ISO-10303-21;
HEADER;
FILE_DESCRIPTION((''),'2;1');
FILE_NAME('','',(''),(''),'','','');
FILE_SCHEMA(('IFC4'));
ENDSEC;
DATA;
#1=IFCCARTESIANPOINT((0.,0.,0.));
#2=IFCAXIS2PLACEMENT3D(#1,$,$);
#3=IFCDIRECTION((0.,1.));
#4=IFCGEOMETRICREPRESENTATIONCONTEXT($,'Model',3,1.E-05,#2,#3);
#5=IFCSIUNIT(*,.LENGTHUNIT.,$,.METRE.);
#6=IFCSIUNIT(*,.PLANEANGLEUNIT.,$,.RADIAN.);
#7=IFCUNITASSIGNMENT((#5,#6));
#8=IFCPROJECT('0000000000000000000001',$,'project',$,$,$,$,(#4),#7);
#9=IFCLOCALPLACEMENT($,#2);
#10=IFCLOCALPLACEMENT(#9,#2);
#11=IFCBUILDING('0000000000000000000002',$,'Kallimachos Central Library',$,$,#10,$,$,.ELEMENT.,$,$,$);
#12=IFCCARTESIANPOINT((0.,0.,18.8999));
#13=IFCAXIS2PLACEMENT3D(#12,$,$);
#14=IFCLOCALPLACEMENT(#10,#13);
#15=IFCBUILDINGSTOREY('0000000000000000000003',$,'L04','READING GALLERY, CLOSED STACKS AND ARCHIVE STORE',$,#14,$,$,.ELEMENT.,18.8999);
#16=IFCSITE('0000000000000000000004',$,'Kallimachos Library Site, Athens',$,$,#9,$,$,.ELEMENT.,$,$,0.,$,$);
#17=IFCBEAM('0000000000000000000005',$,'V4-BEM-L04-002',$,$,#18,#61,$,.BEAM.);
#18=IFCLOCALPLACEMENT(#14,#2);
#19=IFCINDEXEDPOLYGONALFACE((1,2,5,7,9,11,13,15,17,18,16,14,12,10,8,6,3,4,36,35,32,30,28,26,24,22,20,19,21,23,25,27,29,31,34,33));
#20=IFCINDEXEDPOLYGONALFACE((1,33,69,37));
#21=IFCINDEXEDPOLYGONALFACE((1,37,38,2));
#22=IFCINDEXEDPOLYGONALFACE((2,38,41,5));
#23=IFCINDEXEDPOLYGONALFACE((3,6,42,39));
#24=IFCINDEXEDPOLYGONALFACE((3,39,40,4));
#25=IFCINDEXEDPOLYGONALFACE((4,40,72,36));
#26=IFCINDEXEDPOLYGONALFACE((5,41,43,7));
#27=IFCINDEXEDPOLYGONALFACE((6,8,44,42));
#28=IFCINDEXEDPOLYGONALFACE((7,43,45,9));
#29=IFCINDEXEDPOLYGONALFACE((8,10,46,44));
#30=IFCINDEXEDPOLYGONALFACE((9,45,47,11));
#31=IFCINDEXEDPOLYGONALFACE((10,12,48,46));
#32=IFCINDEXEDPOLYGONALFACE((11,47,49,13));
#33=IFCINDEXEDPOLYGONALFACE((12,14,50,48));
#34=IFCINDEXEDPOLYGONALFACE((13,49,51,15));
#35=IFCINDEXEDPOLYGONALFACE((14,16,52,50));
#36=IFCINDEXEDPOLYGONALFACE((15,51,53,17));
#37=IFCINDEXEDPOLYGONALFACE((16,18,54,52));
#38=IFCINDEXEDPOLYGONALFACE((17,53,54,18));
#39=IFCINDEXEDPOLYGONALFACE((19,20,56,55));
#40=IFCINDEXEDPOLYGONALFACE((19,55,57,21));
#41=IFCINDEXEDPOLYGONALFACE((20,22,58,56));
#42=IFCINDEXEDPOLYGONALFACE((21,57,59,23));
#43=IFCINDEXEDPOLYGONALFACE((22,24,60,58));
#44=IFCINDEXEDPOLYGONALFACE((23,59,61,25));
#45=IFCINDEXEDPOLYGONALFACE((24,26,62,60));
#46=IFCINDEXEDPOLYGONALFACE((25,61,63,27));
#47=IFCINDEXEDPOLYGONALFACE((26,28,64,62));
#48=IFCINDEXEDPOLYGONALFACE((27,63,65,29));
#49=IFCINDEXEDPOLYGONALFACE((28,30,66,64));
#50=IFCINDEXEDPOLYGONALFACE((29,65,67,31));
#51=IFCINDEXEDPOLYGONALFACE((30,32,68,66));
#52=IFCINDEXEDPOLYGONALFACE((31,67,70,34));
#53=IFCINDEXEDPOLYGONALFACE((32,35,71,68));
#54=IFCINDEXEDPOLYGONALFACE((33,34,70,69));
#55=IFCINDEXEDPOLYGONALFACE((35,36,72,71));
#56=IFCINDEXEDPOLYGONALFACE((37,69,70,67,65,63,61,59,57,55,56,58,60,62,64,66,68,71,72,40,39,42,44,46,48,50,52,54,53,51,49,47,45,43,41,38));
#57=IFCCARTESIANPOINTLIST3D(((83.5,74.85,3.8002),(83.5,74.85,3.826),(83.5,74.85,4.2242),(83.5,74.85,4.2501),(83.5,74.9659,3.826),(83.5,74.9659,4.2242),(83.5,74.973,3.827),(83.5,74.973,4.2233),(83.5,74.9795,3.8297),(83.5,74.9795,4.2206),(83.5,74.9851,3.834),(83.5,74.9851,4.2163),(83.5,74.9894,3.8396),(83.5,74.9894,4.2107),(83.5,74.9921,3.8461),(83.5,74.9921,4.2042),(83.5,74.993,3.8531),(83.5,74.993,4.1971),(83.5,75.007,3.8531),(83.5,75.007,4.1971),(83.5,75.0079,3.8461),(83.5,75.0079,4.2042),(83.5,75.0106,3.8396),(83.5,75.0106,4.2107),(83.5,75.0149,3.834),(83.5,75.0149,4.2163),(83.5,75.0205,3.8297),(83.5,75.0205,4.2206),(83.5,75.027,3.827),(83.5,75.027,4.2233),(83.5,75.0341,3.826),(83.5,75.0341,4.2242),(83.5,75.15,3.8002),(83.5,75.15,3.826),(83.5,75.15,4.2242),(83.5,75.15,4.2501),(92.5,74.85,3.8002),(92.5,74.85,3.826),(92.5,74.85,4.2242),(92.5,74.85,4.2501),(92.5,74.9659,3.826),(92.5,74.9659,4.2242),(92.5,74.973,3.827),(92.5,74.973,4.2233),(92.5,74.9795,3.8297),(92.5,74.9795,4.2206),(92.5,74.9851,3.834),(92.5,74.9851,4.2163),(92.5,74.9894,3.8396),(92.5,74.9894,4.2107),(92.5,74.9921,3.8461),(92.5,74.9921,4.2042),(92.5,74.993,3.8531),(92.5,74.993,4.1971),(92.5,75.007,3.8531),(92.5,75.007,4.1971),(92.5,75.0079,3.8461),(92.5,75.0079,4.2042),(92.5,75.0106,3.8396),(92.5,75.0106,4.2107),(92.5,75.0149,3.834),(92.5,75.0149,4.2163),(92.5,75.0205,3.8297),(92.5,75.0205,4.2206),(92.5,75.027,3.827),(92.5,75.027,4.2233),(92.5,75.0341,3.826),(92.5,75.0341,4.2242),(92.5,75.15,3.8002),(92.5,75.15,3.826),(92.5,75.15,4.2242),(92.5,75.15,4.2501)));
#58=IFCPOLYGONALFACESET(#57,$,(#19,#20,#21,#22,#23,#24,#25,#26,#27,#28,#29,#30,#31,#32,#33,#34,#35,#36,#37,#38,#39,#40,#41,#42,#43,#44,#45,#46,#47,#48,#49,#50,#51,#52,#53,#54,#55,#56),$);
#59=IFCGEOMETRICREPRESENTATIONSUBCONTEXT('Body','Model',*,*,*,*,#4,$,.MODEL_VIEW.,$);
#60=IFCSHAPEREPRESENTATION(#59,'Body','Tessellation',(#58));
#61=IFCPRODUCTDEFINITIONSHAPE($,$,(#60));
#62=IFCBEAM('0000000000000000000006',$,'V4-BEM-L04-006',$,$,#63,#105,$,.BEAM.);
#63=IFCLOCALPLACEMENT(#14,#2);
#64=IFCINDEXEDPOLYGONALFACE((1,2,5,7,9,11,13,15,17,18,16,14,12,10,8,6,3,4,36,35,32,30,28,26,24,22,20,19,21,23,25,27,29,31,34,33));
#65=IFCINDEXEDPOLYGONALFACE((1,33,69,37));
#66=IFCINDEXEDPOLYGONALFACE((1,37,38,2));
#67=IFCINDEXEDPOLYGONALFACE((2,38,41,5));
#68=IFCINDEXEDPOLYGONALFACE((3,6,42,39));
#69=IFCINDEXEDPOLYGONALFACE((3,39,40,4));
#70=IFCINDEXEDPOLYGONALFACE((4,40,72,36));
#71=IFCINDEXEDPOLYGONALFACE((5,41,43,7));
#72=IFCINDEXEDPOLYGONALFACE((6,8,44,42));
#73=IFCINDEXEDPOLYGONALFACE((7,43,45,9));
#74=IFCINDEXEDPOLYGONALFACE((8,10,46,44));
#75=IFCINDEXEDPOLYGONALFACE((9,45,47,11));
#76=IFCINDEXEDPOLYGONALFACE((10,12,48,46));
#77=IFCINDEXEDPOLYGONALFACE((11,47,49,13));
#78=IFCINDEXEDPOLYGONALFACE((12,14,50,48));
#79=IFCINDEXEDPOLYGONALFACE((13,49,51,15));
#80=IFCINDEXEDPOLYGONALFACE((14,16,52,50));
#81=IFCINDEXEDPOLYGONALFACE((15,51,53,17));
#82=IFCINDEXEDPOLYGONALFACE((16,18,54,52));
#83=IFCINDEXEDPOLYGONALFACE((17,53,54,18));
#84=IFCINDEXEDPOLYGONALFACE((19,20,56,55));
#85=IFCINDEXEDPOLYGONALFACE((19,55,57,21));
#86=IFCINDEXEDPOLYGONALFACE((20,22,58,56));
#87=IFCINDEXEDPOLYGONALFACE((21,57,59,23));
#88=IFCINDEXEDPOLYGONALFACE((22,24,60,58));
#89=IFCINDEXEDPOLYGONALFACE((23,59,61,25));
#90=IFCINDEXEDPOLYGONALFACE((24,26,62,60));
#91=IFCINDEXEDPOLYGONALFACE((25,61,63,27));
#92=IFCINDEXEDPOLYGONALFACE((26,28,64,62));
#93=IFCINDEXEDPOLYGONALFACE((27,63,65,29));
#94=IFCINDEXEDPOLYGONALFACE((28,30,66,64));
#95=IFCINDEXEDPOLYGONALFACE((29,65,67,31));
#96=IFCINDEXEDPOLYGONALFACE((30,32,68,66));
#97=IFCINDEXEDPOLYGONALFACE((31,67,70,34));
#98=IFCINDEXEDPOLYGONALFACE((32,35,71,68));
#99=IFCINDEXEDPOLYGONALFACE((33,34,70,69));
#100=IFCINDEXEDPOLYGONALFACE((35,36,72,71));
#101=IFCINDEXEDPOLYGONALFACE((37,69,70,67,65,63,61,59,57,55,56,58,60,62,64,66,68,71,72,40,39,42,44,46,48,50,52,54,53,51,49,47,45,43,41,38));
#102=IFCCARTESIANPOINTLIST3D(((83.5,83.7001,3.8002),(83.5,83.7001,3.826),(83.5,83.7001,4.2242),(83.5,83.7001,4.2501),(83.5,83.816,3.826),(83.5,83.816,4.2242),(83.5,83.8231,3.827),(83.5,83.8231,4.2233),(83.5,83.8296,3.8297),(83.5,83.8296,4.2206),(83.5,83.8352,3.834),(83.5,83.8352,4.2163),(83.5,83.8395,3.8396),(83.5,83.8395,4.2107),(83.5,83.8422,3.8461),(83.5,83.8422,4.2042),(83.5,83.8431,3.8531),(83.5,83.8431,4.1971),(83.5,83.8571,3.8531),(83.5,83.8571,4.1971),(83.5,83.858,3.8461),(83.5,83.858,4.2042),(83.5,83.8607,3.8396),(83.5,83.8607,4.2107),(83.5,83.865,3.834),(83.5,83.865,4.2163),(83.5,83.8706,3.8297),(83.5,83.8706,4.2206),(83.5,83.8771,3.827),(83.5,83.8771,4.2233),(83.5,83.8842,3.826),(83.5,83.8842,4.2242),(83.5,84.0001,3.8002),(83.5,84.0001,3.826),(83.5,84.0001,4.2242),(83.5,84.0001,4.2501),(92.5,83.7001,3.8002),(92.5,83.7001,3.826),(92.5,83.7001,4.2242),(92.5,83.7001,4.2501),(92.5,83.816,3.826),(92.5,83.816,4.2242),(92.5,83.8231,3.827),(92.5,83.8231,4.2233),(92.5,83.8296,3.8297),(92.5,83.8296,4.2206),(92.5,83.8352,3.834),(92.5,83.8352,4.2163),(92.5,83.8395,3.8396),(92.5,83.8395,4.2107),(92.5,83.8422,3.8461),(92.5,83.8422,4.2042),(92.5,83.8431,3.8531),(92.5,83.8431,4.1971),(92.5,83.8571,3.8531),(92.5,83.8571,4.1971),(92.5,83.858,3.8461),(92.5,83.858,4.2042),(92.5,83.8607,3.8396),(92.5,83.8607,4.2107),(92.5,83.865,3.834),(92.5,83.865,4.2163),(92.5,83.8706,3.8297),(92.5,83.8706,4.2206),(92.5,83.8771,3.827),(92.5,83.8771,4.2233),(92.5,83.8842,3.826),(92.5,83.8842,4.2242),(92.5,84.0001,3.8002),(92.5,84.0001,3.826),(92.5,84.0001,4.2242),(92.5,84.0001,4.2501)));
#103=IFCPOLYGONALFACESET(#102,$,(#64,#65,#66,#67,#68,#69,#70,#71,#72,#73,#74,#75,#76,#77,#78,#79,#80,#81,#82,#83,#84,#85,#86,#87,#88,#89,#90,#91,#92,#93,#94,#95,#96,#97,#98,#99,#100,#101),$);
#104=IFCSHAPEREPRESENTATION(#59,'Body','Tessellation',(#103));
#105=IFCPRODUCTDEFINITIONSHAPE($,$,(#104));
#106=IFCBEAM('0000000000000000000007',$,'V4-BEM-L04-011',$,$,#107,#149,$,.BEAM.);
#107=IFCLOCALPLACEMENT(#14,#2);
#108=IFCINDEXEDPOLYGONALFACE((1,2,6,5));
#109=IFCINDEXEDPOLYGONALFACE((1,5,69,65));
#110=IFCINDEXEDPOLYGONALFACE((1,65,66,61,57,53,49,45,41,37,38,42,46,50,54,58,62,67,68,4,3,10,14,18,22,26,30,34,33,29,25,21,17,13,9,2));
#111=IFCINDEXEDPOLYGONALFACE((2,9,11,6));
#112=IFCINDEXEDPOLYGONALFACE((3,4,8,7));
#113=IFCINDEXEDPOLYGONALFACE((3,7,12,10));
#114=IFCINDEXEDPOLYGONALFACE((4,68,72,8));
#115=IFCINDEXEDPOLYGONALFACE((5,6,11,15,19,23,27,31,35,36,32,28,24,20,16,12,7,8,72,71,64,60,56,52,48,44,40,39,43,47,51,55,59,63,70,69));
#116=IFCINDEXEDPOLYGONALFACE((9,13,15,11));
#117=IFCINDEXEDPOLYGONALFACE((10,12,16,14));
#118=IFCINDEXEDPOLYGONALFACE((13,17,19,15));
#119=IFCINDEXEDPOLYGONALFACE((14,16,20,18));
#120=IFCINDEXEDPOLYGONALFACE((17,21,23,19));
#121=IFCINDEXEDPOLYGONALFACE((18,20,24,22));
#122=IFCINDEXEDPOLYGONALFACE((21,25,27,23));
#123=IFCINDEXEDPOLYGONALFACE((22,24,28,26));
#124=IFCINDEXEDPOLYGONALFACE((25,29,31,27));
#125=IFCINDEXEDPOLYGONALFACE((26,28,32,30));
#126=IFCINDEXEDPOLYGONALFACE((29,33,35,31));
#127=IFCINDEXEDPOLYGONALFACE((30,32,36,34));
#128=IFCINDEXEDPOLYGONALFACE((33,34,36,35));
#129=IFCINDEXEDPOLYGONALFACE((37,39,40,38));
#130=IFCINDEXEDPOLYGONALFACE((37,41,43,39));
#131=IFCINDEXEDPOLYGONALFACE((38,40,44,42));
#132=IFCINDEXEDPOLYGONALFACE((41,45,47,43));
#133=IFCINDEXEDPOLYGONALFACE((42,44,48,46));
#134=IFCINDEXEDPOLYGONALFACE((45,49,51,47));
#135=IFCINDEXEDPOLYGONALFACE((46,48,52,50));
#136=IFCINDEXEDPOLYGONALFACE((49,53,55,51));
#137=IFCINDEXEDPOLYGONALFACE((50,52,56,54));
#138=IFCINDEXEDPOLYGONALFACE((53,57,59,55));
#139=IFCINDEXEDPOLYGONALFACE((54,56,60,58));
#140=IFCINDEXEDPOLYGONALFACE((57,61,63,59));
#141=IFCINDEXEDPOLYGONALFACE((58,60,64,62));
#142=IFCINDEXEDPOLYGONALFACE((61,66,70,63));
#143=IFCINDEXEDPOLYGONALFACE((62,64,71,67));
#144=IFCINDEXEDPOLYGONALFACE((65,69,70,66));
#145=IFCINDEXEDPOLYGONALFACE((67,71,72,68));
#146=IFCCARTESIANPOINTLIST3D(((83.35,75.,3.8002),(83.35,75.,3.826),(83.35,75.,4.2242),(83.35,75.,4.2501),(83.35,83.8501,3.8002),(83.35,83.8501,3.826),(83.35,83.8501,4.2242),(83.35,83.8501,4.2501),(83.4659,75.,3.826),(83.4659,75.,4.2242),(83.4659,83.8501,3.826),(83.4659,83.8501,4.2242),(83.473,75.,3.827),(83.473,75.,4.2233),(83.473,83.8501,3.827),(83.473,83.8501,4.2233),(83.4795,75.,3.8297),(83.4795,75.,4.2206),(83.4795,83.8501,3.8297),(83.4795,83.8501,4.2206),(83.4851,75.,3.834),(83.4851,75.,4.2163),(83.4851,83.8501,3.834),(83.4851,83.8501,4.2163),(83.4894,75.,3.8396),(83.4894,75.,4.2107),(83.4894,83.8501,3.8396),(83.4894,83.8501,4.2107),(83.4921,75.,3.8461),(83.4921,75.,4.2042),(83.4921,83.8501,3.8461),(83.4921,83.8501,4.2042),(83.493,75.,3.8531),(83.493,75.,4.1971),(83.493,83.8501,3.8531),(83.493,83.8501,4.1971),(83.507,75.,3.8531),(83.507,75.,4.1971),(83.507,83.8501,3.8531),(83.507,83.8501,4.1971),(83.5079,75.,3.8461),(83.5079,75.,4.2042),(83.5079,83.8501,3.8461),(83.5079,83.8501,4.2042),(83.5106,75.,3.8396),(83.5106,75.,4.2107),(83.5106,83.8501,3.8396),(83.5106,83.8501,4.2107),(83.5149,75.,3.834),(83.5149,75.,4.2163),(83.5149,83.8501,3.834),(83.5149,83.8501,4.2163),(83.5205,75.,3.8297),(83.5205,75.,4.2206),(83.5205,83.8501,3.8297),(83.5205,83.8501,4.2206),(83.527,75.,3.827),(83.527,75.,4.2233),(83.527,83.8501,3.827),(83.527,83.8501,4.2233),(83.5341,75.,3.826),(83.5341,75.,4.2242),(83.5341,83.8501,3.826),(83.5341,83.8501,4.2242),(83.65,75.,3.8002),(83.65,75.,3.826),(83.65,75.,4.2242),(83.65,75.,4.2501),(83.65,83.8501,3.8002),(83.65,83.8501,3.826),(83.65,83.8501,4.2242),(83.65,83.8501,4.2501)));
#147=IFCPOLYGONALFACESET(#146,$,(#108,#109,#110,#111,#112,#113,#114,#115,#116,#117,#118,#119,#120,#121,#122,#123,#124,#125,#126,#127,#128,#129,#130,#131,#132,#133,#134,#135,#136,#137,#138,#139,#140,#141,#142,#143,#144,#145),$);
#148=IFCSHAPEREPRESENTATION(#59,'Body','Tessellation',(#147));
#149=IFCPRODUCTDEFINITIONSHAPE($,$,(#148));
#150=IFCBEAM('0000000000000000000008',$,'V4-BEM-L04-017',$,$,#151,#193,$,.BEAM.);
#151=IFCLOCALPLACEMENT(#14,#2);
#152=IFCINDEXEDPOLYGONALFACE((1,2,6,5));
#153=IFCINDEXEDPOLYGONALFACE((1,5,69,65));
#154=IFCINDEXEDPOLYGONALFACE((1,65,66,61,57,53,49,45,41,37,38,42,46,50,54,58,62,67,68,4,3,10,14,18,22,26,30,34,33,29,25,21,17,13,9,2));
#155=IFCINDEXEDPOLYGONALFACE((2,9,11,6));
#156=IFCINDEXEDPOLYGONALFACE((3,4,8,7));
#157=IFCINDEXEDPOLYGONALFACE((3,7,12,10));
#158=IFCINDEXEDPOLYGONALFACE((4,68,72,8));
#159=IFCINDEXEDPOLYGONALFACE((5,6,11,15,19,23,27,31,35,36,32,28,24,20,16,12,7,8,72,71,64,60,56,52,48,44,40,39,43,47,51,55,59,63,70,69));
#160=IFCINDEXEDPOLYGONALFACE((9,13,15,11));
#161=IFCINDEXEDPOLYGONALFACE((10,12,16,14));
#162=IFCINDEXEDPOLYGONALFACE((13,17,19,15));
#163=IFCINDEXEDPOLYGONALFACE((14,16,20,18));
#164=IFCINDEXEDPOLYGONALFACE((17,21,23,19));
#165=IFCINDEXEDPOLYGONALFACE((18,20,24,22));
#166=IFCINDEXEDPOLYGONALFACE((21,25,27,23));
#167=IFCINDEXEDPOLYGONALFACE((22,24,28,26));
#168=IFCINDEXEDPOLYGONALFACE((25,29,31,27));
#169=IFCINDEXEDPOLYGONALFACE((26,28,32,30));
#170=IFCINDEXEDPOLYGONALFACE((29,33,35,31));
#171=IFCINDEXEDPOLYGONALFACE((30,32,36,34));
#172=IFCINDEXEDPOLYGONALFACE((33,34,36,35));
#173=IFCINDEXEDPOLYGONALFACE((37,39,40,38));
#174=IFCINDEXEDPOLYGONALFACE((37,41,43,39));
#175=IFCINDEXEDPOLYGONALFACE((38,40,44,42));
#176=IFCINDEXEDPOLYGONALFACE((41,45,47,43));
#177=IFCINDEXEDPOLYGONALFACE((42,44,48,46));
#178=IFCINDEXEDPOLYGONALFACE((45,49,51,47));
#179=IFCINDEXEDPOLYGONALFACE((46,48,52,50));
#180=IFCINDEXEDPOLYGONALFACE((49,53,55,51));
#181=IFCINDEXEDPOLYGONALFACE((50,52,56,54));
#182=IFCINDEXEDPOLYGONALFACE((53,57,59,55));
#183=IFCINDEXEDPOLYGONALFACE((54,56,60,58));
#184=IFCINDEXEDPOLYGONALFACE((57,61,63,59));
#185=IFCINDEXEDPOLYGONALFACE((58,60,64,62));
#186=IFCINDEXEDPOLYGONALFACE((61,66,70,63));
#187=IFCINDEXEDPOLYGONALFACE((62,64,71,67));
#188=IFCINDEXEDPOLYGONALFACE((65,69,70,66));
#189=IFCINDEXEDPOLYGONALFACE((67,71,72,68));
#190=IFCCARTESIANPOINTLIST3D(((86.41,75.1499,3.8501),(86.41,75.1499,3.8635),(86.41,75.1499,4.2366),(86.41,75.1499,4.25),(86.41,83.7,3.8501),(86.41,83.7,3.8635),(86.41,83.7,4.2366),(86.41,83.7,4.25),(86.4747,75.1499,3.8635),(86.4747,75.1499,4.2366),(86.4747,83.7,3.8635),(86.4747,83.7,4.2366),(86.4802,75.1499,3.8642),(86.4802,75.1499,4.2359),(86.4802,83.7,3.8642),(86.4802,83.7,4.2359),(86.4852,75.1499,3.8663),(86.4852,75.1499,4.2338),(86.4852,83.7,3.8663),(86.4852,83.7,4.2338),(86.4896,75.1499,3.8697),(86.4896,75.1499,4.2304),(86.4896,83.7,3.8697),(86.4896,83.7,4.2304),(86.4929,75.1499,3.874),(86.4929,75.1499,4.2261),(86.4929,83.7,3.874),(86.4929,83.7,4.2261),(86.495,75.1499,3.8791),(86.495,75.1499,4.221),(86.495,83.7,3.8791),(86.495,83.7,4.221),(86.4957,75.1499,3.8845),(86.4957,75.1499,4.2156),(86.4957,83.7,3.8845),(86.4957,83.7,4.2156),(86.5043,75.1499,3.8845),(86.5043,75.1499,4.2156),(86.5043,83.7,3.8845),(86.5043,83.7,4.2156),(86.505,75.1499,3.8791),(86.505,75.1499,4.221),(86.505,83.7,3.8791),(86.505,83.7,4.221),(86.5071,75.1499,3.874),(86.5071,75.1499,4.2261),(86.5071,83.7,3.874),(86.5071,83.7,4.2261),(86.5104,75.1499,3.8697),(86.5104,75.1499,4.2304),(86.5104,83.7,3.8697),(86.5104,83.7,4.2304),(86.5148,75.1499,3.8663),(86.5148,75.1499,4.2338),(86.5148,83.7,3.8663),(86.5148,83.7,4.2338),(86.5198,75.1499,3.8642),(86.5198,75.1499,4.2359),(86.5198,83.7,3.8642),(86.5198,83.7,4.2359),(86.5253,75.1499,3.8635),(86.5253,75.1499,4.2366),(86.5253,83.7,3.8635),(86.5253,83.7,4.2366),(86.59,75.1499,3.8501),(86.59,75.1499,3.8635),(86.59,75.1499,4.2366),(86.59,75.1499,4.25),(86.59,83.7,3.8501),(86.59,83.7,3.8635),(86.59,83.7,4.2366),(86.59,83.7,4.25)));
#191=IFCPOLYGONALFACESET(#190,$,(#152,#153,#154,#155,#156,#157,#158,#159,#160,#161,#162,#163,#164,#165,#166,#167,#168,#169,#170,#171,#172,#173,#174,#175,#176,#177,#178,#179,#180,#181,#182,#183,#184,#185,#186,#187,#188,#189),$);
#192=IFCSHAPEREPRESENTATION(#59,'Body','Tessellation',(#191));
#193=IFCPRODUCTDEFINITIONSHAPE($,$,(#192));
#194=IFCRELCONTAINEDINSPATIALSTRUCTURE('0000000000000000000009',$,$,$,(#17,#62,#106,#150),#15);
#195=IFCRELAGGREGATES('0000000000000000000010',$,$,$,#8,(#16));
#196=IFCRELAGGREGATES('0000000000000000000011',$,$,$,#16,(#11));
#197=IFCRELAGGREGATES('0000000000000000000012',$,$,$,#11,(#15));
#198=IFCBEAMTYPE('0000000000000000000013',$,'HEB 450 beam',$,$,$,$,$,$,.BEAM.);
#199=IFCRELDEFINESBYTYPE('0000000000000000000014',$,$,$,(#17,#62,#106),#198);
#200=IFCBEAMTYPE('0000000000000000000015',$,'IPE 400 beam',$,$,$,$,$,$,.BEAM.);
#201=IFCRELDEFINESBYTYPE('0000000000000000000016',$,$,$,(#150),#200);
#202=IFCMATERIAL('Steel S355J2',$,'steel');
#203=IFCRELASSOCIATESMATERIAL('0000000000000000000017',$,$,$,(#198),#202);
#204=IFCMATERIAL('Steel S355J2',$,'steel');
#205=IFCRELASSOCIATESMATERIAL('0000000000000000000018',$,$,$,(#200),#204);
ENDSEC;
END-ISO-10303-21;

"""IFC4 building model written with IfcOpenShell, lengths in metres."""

from ifc_helpers import new_model, si_unit, direction, frame, origin, origin_2d, place, context, subcontext, project, spatial, i_section, extrude, material, material_profile, profile_set, type_object, element, save


model = new_model("IFC4")

# Units and contexts
model_context = context("Model", 3, precision=1e-05, world=origin(), true_north=direction((0.0, 1.0)))
body_context = subcontext(model_context, "Body", "Model", "MODEL_VIEW")
ifc_project = project(units=[si_unit("LENGTHUNIT", "METRE"), si_unit("PLANEANGLEUNIT", "RADIAN")], contexts=[model_context])

# Site, building, storey
site_placement = place(None, origin())
site = spatial("IfcSite", under=ifc_project, at=site_placement, Name="Kallimachos Library Site, Athens", CompositionType="ELEMENT", RefElevation=0.0)
building_placement = place(site_placement, origin())
building = spatial("IfcBuilding", under=site, at=building_placement, Name="Kallimachos Central Library", CompositionType="ELEMENT")
storey_placement = place(building_placement, frame((0.0, 0.0, 18.8999)))
storey = spatial("IfcBuildingStorey", under=building, at=storey_placement, Name="L04", Description="READING GALLERY, CLOSED STACKS AND ARCHIVE STORE", CompositionType="ELEMENT", Elevation=18.8999)

# Beams
ifc_material_1 = material(Name="Steel S355J2", Category="steel")
ifc_material_profile_1 = material_profile(ifc_material_1, i_section(OverallWidth=0.3, OverallDepth=0.45, WebThickness=0.0139, FlangeThickness=0.0259, FilletRadius=0.0271, at=origin_2d()), Name="HEB 450")
ifc_profile_set_1 = profile_set([ifc_material_profile_1], Name="Steel S355J2")
beam_type_1 = type_object("IfcBeamType", Name="HEB 450 beam", PredefinedType="BEAM", material=ifc_profile_set_1)
for number, where, z_axis, x_axis, name in (
    (1, (83.5, 75.0, 4.0251), (1.0, 0.0, 0.0), (0.0, 1.0, 0.0), "V4-BEM-L04-002"),
    (2, (83.5, 83.8501, 4.0251), (1.0, 0.0, 0.0), (0.0, 1.0, 0.0), "V4-BEM-L04-006"),
):
    element("IfcBeam", number, at=place(storey_placement, frame(where, z_axis=z_axis, x_axis=x_axis)), inside=storey, type_object=beam_type_1, Name=name, PredefinedType="BEAM", context=body_context, shape_type="SweptSolid", body=[
        extrude(i_section(OverallWidth=0.3, OverallDepth=0.45, WebThickness=0.0139, FlangeThickness=0.0259, FilletRadius=0.0271, at=origin_2d()), origin(), (0.0, 0.0, 1.0), 9.0),
    ])
beam_placement = place(storey_placement, frame((83.5, 75.0, 4.0251), z_axis=(0.0, 1.0, 0.0), x_axis=(-1.0, 0.0, 0.0)))
element("IfcBeam", 3, at=beam_placement, inside=storey, type_object=beam_type_1, Name="V4-BEM-L04-011", PredefinedType="BEAM", context=body_context, shape_type="SweptSolid", body=[
    extrude(i_section(OverallWidth=0.3, OverallDepth=0.45, WebThickness=0.0139, FlangeThickness=0.0259, FilletRadius=0.0271, at=origin_2d()), origin(), (0.0, 0.0, 1.0), 8.8501),
])
ifc_material_2 = material(Name="Steel S355J2", Category="steel")
ifc_material_profile_2 = material_profile(ifc_material_2, i_section(OverallWidth=0.1799, OverallDepth=0.3999, WebThickness=0.0085, FlangeThickness=0.0134, FilletRadius=0.021, at=origin_2d()), Name="IPE 400")
ifc_profile_set_2 = profile_set([ifc_material_profile_2], Name="Steel S355J2")
beam_type_2 = type_object("IfcBeamType", Name="IPE 400 beam", PredefinedType="BEAM", material=ifc_profile_set_2)
for number, where, z_axis, x_axis, name in (
    (4, (86.5, 75.1499, 4.05), (0.0, 1.0, 0.0), (-1.0, 0.0, 0.0), "V4-BEM-L04-017"),
):
    element("IfcBeam", number, at=place(storey_placement, frame(where, z_axis=z_axis, x_axis=x_axis)), inside=storey, type_object=beam_type_2, Name=name, PredefinedType="BEAM", context=body_context, shape_type="SweptSolid", body=[
        extrude(i_section(OverallWidth=0.1799, OverallDepth=0.3999, WebThickness=0.0085, FlangeThickness=0.0134, FilletRadius=0.021, at=origin_2d()), origin(), (0.0, 0.0, 1.0), 8.55),
    ])

save(model, "model.ifc")
